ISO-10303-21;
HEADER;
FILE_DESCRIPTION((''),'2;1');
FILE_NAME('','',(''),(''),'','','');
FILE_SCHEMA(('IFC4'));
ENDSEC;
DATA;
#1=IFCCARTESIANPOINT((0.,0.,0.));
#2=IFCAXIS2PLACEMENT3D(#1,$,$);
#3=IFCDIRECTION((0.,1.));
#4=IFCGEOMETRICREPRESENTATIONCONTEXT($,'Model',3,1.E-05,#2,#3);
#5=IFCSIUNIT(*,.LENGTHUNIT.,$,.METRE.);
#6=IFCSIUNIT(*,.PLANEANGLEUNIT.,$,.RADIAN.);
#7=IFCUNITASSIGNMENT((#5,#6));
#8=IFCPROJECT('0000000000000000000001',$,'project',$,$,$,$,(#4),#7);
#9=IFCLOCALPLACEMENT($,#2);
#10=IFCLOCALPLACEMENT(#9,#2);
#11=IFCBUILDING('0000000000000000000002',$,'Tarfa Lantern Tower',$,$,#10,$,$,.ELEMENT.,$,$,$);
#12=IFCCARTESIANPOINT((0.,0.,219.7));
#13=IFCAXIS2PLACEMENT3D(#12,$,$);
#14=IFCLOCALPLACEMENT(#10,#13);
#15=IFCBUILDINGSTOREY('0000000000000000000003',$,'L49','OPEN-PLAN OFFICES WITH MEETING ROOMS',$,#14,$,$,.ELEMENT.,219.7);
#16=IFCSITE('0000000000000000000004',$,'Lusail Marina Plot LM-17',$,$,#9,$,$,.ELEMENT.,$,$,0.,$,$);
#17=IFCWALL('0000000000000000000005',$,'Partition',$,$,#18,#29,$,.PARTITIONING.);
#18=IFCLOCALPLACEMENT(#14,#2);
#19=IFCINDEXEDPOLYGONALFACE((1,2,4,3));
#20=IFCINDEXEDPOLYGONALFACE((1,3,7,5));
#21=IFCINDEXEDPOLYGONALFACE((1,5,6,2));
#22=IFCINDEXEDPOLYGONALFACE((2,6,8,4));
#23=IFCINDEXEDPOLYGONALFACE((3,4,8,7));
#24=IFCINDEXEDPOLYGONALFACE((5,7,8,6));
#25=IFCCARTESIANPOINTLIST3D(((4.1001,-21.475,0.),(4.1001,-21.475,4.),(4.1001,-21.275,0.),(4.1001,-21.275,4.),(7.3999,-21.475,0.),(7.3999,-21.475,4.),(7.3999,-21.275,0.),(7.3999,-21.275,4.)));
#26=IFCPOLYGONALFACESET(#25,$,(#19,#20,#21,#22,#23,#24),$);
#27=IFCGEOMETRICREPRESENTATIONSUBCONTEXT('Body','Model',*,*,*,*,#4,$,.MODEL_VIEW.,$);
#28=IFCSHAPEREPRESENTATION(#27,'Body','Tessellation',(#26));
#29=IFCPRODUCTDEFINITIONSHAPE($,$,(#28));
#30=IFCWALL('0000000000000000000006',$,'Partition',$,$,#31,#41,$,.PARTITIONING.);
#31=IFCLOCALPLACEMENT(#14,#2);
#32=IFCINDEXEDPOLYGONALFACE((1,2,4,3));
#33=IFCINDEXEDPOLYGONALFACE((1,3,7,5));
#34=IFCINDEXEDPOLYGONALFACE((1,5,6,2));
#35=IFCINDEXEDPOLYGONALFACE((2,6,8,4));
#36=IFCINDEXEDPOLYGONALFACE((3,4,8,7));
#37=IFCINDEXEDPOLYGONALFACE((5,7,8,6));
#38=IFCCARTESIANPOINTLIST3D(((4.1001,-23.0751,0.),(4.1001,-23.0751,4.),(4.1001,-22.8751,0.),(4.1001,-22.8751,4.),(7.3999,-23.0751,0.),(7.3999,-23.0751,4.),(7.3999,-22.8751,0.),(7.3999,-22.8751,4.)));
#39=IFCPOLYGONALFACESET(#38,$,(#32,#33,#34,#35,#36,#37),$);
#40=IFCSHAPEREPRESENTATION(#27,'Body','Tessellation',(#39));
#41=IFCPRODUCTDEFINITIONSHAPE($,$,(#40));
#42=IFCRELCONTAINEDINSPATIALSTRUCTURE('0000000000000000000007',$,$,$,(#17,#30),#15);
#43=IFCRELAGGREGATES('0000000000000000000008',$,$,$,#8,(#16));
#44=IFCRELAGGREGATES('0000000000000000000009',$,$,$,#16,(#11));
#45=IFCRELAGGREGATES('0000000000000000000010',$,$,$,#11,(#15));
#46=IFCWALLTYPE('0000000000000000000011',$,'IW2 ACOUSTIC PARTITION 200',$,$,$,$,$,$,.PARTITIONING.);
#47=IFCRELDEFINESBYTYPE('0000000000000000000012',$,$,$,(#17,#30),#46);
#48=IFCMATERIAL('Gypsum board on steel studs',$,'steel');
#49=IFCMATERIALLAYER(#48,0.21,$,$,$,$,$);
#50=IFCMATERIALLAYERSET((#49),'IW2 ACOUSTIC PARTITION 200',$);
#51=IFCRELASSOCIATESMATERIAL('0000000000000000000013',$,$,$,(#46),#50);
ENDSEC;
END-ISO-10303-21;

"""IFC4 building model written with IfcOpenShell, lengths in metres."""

from ifc_helpers import new_model, si_unit, direction, frame, frame_2d, origin, place, context, subcontext, project, spatial, rectangle, extrude, material, layer, layer_set, type_object, element, save


model = new_model("IFC4")

# Units and contexts
model_context = context("Model", 3, precision=1e-05, world=origin(), true_north=direction((0.0, 1.0)))
body_context = subcontext(model_context, "Body", "Model", "MODEL_VIEW")
ifc_project = project(units=[si_unit("LENGTHUNIT", "METRE"), si_unit("PLANEANGLEUNIT", "RADIAN")], contexts=[model_context])

# Site, building, storey
site_placement = place(None, origin())
site = spatial("IfcSite", under=ifc_project, at=site_placement, Name="Lusail Marina Plot LM-17", CompositionType="ELEMENT", RefElevation=0.0)
building_placement = place(site_placement, origin())
building = spatial("IfcBuilding", under=site, at=building_placement, Name="Tarfa Lantern Tower", CompositionType="ELEMENT")
storey_placement = place(building_placement, frame((0.0, 0.0, 219.7)))
storey = spatial("IfcBuildingStorey", under=building, at=storey_placement, Name="L49", Description="OPEN-PLAN OFFICES WITH MEETING ROOMS", CompositionType="ELEMENT", Elevation=219.7)

# Walls
ifc_material_1 = material(Name="Gypsum board on steel studs", Category="steel")
ifc_layer_1 = layer(ifc_material_1, 0.21)
ifc_layer_set_1 = layer_set([ifc_layer_1], Name="IW2 ACOUSTIC PARTITION 200")
wall_type = type_object("IfcWallType", Name="IW2 ACOUSTIC PARTITION 200", PredefinedType="PARTITIONING", material=ifc_layer_set_1)
for number, where, z_axis, x_axis, name in (
    (1, (4.1001, -21.375, 0.0), (0.0, 0.0, 1.0), (1.0, 0.0, 0.0), "Partition"),
    (2, (4.1001, -22.9751, 0.0), (0.0, 0.0, 1.0), (1.0, 0.0, 0.0), "Partition"),
):
    element("IfcWall", number, at=place(storey_placement, frame(where, z_axis=z_axis, x_axis=x_axis)), inside=storey, type_object=wall_type, Name=name, PredefinedType="PARTITIONING", context=body_context, shape_type="SweptSolid", body=[
        extrude(rectangle(XDim=3.2998, YDim=0.2, at=frame_2d((1.6499, 0.0))), origin(), (0.0, 0.0, 1.0), 4.0),
    ])

save(model, "model.ifc")
